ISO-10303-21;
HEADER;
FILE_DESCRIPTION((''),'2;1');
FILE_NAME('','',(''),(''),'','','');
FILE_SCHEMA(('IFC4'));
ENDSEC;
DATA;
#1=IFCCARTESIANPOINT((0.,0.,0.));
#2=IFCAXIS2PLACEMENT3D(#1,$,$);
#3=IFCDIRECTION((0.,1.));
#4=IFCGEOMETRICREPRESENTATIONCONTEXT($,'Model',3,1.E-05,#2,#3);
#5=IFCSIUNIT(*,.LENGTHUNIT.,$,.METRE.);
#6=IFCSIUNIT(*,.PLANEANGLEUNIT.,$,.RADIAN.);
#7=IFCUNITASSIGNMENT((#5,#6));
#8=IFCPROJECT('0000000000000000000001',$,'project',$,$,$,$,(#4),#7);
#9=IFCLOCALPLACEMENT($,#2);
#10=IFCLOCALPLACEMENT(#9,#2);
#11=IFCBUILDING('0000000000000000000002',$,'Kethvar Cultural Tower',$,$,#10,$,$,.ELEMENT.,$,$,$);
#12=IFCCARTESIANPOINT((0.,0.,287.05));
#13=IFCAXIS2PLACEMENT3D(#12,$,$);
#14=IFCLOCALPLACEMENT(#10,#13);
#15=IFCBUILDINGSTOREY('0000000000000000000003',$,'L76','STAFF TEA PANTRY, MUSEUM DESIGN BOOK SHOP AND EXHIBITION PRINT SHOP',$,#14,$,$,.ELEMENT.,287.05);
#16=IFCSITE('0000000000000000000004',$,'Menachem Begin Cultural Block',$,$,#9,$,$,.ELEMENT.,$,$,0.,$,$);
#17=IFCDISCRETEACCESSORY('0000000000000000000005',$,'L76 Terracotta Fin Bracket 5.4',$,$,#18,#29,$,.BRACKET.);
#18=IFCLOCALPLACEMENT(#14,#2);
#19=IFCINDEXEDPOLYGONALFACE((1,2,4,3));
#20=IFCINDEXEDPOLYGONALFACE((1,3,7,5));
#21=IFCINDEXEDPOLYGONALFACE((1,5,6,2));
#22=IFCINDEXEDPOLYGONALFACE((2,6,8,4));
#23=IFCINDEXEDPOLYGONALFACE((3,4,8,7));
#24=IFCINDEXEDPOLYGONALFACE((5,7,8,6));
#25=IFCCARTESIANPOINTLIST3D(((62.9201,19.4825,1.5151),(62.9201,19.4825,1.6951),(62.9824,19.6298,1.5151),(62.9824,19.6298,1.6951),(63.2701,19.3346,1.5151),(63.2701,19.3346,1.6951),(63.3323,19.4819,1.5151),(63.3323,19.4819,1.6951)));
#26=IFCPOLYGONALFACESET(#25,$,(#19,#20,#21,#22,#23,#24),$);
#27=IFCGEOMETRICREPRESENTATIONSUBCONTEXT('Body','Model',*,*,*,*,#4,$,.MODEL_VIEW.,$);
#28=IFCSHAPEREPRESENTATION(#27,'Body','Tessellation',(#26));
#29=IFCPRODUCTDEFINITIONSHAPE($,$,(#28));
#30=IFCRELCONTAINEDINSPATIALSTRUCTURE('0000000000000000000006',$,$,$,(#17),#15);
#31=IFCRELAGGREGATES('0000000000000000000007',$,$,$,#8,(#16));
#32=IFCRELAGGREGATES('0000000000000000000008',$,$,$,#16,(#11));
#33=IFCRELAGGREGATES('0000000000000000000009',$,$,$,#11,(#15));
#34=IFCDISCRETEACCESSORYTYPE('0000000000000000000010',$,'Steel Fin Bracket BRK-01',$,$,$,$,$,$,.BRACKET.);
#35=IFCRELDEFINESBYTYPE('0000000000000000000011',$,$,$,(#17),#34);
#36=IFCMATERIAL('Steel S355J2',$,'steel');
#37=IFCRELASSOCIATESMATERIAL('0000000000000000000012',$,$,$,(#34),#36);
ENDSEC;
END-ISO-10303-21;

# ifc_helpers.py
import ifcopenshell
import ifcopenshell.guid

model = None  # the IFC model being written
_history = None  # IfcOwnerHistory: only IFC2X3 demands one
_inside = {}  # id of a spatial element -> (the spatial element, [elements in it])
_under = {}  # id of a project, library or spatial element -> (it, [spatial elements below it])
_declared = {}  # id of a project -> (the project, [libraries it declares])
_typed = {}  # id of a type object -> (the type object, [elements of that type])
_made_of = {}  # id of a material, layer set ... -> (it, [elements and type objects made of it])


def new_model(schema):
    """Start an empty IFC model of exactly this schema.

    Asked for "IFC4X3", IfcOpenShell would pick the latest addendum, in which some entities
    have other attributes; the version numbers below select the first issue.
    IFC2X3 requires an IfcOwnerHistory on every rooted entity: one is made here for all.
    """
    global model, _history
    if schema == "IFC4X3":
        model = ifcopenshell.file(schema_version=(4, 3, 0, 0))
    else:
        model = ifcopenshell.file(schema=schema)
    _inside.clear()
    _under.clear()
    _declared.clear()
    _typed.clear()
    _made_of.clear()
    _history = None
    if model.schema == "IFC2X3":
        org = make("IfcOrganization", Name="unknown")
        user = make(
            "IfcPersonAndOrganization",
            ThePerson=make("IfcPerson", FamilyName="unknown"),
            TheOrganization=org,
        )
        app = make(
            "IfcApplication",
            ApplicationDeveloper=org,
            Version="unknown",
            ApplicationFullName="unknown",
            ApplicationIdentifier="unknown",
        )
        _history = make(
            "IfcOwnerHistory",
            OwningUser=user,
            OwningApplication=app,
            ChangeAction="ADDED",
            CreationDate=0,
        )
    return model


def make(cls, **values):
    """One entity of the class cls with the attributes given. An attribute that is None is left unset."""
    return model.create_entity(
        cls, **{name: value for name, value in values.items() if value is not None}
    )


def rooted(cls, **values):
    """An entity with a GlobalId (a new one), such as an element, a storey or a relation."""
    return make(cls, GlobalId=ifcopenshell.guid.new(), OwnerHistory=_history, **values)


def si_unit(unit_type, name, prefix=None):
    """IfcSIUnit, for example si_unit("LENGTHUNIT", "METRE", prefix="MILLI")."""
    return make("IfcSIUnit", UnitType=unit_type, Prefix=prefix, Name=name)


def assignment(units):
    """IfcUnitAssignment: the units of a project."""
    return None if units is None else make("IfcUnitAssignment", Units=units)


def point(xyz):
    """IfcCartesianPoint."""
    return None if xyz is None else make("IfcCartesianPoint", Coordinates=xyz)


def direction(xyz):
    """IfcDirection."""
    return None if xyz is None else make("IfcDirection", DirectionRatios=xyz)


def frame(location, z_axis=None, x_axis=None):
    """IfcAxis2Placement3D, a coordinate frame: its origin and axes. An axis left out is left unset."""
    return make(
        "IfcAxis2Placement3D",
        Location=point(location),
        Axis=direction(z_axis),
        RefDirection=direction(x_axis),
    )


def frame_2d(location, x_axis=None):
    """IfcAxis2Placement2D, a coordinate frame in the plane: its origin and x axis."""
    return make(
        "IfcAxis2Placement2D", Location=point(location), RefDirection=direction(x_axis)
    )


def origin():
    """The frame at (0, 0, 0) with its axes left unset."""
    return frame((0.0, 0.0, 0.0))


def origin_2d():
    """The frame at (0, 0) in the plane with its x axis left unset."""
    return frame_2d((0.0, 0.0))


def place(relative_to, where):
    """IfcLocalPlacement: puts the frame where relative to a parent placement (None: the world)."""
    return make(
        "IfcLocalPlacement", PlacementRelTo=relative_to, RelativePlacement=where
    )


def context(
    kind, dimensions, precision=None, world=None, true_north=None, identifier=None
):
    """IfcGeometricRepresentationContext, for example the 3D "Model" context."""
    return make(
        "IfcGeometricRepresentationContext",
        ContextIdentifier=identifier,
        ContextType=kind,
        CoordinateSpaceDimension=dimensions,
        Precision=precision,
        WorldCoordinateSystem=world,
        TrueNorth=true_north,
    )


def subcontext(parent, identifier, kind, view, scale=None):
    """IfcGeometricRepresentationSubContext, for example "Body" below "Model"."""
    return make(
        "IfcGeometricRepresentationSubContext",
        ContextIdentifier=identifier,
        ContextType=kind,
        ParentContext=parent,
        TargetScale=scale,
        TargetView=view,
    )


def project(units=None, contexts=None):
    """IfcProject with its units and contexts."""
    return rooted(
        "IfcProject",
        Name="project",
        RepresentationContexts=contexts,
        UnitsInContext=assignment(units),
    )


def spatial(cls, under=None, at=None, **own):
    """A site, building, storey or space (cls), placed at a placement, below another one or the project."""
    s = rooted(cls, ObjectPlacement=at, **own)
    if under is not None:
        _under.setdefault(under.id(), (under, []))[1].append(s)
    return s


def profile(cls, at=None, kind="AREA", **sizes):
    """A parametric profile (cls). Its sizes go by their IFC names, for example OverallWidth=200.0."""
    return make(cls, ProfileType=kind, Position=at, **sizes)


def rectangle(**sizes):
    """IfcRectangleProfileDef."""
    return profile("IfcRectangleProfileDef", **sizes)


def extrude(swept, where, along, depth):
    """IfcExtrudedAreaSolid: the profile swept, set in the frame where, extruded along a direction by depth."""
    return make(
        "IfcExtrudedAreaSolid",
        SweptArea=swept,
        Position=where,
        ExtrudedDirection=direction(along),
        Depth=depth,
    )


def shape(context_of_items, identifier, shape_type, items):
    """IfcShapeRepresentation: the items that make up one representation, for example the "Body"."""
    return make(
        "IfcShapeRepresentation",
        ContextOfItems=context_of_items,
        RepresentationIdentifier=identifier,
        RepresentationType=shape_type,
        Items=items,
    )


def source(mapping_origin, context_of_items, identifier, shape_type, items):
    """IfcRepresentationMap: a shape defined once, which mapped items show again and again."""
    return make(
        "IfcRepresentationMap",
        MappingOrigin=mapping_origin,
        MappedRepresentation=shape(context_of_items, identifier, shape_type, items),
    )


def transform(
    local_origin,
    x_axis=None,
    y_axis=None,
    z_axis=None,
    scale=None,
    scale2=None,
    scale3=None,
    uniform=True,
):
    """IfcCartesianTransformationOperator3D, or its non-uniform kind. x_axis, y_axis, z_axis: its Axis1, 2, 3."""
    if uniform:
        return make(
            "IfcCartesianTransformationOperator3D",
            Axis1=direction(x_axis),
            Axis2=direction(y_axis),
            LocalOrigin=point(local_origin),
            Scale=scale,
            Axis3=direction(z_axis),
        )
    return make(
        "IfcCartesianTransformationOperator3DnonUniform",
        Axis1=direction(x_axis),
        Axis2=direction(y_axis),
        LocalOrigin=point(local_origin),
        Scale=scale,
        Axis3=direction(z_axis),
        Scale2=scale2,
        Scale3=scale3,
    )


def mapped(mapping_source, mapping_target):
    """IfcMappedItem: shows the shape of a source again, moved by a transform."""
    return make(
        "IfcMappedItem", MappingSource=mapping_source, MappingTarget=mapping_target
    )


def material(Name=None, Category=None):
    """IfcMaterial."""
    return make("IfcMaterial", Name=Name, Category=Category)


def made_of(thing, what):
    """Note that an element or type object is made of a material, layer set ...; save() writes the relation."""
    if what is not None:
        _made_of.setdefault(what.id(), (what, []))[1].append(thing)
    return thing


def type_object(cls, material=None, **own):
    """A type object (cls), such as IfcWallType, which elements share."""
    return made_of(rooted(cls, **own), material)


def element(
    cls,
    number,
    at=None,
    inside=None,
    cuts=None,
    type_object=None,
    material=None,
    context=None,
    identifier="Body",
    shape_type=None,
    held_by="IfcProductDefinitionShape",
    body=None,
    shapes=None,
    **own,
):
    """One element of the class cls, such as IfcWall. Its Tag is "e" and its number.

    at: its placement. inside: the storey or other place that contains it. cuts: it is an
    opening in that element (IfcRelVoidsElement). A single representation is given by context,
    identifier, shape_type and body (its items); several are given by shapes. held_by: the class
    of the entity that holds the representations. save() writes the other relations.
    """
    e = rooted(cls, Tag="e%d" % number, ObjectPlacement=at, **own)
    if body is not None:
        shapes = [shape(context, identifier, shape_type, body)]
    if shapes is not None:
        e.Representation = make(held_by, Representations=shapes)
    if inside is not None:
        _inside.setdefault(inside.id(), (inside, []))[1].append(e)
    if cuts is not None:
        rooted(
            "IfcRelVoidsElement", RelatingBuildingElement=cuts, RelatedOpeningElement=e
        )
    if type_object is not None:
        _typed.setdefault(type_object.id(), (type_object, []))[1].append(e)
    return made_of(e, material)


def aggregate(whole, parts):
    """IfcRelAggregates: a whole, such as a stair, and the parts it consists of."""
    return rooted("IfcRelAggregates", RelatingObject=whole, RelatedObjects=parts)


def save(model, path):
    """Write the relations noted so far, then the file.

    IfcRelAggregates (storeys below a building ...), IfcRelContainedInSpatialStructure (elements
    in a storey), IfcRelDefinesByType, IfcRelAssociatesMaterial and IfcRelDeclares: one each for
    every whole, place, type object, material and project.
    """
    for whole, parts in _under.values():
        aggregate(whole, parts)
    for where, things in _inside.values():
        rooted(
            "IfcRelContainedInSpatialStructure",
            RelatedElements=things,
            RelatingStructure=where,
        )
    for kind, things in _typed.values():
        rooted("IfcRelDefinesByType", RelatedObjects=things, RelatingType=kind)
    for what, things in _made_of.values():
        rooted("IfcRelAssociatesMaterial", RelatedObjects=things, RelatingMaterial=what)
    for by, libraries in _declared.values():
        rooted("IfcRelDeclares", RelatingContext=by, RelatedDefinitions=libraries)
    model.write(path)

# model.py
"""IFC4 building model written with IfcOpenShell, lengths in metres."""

from ifc_helpers import new_model, si_unit, direction, frame, origin, origin_2d, place, context, subcontext, project, spatial, rectangle, extrude, source, transform, mapped, material, type_object, element, save


model = new_model("IFC4")

# Units and contexts
model_context = context("Model", 3, precision=1e-05, world=origin(), true_north=direction((0.0, 1.0)))
body_context = subcontext(model_context, "Body", "Model", "MODEL_VIEW")
ifc_project = project(units=[si_unit("LENGTHUNIT", "METRE"), si_unit("PLANEANGLEUNIT", "RADIAN")], contexts=[model_context])

# Site, building, storey
site_placement = place(None, origin())
site = spatial("IfcSite", under=ifc_project, at=site_placement, Name="Menachem Begin Cultural Block", CompositionType="ELEMENT", RefElevation=0.0)
building_placement = place(site_placement, origin())
building = spatial("IfcBuilding", under=site, at=building_placement, Name="Kethvar Cultural Tower", CompositionType="ELEMENT")
storey_placement = place(building_placement, frame((0.0, 0.0, 287.05)))
storey = spatial("IfcBuildingStorey", under=building, at=storey_placement, Name="L76", Description="STAFF TEA PANTRY, MUSEUM DESIGN BOOK SHOP AND EXHIBITION PRINT SHOP", CompositionType="ELEMENT", Elevation=287.05)

# Shared definitions
ifc_material_1 = material(Name="Steel S355J2", Category="steel")

# Discrete accessory
discrete_accessory_type = type_object("IfcDiscreteAccessoryType", Name="Steel Fin Bracket BRK-01", PredefinedType="BRACKET", material=ifc_material_1)
shared_shape_1 = source(origin(), body_context, "Body", "SweptSolid", [
    extrude(rectangle(XDim=0.3799, YDim=0.1599, at=origin_2d()), origin(), (0.0, 0.0, 1.0), 0.1799),
])
for number, where, z_axis, x_axis, name in (
    (1, (63.1262, 19.4822, 1.5151), (0.0, 0.0, 1.0), (0.921117, -0.389285, 0.0), "L76 Terracotta Fin Bracket 5.4"),
):
    element("IfcDiscreteAccessory", number, at=place(storey_placement, frame(where, z_axis=z_axis, x_axis=x_axis)), inside=storey, type_object=discrete_accessory_type, Name=name, PredefinedType="BRACKET", context=body_context, shape_type="MappedRepresentation", body=[
        mapped(shared_shape_1, transform((0.0, 0.0, 0.0), scale=1.0)),
    ])

save(model, "model.ifc")
